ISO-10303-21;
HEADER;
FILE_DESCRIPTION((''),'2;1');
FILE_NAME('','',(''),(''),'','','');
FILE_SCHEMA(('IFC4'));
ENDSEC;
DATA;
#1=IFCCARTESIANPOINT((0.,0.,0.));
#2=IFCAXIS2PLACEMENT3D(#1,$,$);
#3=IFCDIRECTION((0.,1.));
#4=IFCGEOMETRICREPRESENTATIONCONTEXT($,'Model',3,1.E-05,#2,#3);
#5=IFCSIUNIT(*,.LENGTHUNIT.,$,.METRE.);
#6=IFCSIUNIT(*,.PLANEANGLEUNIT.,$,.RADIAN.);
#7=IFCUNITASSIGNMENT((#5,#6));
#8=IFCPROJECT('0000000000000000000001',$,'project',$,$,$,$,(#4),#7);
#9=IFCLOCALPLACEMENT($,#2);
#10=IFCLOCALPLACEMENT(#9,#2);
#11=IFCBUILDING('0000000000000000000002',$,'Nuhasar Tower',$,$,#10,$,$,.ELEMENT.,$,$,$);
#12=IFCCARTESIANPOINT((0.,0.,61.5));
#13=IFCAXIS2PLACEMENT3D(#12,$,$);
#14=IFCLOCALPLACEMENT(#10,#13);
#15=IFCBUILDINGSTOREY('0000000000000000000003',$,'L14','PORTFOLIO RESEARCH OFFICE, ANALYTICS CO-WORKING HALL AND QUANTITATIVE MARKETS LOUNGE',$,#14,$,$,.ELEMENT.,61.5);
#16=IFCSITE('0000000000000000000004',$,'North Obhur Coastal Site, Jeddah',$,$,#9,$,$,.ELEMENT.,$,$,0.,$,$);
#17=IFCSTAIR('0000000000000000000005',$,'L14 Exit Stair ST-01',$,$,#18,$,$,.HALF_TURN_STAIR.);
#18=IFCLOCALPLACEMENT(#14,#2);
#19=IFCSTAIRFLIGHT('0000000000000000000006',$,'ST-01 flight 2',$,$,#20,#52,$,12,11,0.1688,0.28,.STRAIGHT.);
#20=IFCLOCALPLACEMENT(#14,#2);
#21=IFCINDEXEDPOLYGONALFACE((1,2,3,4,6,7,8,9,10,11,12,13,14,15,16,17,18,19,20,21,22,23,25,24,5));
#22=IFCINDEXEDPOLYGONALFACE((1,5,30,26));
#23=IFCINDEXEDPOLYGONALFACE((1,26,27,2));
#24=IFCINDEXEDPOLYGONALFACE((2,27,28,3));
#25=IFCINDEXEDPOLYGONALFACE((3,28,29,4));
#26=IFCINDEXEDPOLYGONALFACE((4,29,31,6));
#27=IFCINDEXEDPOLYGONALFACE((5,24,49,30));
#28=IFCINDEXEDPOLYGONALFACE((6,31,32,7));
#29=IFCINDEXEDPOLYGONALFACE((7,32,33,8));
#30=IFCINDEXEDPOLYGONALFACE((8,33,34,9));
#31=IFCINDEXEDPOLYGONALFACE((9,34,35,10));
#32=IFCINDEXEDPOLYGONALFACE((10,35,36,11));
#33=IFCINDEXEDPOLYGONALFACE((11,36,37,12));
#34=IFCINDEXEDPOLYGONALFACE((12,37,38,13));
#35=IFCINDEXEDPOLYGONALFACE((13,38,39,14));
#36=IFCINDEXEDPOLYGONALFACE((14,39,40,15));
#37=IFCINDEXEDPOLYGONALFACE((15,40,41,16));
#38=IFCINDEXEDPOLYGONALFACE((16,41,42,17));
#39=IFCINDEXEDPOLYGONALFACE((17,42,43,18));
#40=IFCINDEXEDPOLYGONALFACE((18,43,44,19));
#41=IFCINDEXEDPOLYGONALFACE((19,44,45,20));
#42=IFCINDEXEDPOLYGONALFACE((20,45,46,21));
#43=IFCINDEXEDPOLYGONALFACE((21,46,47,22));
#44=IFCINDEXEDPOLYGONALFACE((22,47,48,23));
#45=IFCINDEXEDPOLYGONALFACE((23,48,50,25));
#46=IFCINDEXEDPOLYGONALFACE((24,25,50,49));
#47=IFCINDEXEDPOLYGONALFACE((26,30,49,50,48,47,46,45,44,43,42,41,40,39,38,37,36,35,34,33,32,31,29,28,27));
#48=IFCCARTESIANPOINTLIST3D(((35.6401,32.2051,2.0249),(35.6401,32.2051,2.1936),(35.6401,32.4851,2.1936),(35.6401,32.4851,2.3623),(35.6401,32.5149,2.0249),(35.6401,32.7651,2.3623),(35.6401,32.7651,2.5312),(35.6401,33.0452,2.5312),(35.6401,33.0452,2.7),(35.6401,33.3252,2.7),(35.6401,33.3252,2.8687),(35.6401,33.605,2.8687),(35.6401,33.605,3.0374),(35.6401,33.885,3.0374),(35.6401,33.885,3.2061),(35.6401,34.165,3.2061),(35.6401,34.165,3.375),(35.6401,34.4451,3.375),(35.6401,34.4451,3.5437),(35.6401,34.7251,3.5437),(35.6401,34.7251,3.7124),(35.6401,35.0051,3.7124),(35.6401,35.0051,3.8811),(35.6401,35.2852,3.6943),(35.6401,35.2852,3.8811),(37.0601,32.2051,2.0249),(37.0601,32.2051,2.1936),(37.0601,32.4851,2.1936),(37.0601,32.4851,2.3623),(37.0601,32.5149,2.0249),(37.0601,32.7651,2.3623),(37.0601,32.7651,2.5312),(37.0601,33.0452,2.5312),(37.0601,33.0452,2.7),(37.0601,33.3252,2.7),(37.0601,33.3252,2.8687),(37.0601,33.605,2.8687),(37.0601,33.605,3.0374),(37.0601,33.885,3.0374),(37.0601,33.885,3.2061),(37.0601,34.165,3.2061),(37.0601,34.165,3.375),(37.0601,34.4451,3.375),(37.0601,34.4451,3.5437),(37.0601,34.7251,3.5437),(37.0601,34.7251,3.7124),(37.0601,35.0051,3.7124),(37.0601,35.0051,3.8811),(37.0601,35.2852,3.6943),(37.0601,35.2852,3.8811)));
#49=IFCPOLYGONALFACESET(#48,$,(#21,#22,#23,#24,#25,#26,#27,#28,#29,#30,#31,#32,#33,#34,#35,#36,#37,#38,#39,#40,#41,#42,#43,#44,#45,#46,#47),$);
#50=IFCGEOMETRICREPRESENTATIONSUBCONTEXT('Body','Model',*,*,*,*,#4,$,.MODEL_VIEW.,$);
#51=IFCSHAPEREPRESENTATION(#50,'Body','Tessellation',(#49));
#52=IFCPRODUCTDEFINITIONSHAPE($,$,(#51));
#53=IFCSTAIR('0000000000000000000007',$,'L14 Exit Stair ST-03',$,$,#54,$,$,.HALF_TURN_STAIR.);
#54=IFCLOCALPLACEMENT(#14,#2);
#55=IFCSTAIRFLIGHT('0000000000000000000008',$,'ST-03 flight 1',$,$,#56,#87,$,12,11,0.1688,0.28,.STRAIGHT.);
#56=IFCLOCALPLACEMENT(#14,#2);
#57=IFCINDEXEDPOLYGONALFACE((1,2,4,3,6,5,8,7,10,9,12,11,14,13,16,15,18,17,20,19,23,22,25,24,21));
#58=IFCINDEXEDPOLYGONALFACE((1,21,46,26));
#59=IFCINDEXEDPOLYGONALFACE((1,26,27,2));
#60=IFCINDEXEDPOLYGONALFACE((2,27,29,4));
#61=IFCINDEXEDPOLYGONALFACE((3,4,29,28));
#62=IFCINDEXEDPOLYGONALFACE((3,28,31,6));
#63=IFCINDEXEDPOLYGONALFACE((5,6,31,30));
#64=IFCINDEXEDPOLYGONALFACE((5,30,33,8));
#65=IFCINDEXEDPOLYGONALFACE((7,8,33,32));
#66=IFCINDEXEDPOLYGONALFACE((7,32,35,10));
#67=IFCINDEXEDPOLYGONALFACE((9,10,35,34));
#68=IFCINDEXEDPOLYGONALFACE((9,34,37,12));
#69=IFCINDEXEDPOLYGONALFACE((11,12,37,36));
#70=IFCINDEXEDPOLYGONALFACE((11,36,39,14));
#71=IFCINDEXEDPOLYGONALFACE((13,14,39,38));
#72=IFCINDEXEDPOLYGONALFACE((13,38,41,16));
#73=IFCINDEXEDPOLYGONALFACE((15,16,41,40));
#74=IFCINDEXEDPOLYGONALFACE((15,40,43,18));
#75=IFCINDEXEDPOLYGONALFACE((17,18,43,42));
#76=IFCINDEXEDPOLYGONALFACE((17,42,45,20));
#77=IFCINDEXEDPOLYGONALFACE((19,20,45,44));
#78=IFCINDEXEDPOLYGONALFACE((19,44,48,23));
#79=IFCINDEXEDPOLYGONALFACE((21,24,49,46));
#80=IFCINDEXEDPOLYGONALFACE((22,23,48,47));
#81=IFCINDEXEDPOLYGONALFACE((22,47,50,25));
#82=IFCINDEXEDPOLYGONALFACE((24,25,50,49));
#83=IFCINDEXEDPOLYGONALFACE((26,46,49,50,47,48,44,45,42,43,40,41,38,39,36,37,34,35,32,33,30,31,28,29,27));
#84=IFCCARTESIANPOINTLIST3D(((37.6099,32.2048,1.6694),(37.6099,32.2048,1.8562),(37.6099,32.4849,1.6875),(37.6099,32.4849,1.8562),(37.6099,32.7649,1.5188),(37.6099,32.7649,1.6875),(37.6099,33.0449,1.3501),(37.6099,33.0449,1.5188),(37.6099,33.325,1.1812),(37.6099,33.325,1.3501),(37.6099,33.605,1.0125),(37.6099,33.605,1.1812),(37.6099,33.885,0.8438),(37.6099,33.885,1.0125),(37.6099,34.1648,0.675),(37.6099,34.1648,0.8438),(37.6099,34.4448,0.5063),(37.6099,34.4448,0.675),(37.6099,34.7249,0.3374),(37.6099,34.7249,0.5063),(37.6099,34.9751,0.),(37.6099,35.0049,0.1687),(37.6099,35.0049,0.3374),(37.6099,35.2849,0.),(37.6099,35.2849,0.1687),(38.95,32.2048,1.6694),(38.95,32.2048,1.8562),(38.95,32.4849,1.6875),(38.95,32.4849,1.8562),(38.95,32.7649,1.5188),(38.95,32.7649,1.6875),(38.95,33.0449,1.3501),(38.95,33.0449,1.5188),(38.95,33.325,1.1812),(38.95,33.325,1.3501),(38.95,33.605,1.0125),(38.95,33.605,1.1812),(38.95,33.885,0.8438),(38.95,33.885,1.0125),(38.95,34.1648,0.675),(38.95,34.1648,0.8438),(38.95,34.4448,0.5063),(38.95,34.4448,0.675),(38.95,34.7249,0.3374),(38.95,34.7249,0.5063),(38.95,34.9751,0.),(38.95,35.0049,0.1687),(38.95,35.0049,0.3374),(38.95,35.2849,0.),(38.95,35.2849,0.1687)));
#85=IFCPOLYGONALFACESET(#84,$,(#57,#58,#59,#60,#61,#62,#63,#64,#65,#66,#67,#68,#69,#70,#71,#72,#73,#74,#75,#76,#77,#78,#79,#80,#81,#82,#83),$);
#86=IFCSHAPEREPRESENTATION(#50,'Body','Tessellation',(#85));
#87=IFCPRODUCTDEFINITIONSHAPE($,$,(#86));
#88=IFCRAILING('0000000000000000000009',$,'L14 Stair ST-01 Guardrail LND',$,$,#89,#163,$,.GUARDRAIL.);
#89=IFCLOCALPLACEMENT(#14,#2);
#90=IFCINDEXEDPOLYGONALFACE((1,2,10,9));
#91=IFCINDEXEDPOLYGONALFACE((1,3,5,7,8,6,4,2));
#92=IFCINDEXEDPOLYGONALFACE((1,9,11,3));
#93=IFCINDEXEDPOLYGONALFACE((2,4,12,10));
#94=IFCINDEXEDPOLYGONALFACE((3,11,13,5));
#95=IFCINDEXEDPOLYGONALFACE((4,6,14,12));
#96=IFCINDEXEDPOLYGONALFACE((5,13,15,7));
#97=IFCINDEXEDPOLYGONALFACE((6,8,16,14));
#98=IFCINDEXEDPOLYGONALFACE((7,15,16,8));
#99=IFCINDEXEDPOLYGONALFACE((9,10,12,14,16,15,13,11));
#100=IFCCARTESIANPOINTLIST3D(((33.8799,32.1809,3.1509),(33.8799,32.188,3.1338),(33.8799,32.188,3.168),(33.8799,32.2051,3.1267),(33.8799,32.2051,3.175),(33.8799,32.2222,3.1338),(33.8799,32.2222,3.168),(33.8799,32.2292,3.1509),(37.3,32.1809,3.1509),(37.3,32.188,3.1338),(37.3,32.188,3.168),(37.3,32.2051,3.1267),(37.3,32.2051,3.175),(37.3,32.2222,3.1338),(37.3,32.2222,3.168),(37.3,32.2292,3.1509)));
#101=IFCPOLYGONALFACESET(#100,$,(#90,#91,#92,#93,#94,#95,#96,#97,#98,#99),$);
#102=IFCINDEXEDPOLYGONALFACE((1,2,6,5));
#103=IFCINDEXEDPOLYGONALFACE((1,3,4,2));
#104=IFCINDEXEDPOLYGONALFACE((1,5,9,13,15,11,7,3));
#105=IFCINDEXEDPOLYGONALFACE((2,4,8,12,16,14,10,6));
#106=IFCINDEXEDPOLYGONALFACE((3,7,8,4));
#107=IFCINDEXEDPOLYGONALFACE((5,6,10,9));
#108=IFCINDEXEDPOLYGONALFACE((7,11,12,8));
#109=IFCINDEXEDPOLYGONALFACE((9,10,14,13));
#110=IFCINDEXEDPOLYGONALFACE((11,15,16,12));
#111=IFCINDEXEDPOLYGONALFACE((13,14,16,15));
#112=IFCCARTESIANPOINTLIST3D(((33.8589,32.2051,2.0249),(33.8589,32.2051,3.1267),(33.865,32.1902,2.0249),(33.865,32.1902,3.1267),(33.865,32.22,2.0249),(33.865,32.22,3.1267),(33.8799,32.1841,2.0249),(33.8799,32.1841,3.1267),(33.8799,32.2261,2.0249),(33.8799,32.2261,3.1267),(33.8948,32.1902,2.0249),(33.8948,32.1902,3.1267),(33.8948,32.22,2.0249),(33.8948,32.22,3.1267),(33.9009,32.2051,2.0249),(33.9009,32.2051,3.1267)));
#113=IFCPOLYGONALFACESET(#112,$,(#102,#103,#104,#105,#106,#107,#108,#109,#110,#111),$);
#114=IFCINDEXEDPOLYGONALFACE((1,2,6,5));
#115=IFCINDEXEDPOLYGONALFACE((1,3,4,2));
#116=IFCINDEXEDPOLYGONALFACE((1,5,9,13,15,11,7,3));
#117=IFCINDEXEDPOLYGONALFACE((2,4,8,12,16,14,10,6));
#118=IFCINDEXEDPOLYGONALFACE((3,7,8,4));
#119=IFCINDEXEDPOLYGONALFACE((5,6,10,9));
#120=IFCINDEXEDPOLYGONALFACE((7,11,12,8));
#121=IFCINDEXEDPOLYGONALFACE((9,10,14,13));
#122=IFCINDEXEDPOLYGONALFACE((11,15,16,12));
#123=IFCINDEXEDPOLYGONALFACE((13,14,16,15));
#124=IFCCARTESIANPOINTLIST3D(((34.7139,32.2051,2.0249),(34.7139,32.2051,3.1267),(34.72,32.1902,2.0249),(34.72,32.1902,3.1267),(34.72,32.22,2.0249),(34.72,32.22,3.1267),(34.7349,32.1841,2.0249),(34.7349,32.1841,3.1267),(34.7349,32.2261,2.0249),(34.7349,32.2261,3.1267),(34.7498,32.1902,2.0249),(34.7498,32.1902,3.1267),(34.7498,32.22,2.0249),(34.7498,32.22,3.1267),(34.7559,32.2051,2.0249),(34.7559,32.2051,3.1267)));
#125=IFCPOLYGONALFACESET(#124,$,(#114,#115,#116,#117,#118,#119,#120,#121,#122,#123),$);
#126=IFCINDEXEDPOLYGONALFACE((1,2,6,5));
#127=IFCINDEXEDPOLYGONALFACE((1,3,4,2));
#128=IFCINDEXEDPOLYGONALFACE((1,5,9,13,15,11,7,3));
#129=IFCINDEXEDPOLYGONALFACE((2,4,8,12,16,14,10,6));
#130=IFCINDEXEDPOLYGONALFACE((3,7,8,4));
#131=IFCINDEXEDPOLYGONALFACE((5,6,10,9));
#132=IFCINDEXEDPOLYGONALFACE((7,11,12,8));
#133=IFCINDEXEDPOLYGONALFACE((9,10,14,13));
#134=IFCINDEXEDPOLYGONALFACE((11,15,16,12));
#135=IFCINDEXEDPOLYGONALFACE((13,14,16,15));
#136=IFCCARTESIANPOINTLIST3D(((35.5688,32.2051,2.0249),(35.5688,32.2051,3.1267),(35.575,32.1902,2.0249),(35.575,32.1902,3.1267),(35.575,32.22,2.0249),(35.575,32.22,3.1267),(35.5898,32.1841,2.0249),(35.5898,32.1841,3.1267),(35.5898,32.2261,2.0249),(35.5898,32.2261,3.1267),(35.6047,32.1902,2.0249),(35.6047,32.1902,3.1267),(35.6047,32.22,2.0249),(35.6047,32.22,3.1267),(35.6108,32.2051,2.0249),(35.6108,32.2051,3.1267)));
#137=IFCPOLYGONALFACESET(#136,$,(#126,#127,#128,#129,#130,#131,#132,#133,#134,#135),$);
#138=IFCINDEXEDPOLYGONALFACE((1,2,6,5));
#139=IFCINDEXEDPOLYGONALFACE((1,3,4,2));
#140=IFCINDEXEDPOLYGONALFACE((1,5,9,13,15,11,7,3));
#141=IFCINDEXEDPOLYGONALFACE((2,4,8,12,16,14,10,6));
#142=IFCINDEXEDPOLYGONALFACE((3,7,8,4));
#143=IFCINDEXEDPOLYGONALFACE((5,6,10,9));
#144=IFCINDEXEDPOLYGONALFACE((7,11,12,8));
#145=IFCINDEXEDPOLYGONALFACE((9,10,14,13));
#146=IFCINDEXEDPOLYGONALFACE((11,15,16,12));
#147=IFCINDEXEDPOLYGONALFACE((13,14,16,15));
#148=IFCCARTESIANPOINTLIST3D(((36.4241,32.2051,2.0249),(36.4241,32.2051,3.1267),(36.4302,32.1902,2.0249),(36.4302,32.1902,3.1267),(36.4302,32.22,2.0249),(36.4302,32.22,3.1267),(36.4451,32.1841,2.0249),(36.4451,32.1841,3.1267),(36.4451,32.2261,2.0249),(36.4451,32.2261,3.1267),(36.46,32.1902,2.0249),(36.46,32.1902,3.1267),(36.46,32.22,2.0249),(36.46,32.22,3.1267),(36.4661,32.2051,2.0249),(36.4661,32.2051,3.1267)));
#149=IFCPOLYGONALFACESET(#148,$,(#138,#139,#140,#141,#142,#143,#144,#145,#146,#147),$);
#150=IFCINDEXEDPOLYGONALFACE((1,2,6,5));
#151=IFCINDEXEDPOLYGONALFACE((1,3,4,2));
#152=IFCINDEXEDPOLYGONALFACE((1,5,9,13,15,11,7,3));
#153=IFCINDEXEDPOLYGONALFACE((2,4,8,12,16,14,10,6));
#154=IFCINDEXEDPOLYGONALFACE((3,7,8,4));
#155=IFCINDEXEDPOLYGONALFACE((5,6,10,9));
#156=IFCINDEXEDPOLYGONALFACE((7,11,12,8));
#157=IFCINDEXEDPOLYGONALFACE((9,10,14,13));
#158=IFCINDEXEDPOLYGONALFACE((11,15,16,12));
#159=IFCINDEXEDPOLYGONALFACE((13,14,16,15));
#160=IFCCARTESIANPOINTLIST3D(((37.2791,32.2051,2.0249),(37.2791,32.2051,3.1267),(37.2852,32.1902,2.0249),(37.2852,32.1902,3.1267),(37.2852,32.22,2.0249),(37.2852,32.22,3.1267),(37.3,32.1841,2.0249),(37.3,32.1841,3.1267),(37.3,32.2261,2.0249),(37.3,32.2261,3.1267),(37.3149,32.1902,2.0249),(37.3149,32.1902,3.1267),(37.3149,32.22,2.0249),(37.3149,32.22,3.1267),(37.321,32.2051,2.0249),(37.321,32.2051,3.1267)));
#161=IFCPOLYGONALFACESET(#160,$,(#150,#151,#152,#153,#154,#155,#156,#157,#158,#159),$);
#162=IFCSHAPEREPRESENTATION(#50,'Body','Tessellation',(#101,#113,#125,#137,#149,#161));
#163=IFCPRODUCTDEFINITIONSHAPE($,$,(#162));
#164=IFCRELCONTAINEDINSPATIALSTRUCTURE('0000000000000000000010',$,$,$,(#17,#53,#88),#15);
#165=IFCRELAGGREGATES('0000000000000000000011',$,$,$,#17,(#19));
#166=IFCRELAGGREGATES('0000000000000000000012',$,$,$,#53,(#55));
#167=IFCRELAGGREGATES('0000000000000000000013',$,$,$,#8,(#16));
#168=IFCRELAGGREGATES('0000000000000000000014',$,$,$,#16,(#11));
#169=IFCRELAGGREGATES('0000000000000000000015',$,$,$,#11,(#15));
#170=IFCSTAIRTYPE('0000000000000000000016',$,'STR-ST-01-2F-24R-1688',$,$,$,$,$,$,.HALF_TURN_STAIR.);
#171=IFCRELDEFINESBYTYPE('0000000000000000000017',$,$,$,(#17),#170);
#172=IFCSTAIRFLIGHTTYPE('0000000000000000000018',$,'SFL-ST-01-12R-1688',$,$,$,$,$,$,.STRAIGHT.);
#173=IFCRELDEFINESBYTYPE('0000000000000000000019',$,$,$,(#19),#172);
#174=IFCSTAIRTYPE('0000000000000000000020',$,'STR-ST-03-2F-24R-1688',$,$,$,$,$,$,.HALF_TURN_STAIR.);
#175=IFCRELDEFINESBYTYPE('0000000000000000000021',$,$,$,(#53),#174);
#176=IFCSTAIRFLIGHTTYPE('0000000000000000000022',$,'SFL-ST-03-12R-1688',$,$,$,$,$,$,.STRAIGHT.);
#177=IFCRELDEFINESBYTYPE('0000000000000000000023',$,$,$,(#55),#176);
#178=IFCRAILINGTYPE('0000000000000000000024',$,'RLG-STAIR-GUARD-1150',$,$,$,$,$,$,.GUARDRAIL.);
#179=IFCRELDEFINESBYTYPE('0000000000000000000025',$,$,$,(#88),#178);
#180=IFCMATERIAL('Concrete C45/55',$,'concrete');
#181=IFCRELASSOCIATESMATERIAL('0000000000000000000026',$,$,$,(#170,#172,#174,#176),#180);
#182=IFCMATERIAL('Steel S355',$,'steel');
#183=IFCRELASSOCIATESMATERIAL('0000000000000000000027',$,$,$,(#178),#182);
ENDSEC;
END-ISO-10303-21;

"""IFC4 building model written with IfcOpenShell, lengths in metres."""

from ifc_helpers import new_model, si_unit, direction, frame, origin, place, context, subcontext, project, spatial, polyline, outline, extrude, material, type_object, element, aggregate, save


model = new_model("IFC4")

# Units and contexts
model_context = context("Model", 3, precision=1e-05, world=origin(), true_north=direction((0.0, 1.0)))
body_context = subcontext(model_context, "Body", "Model", "MODEL_VIEW")
ifc_project = project(units=[si_unit("LENGTHUNIT", "METRE"), si_unit("PLANEANGLEUNIT", "RADIAN")], contexts=[model_context])

# Site, building, storey
site_placement = place(None, origin())
site = spatial("IfcSite", under=ifc_project, at=site_placement, Name="North Obhur Coastal Site, Jeddah", CompositionType="ELEMENT", RefElevation=0.0)
building_placement = place(site_placement, origin())
building = spatial("IfcBuilding", under=site, at=building_placement, Name="Nuhasar Tower", CompositionType="ELEMENT")
storey_placement = place(building_placement, frame((0.0, 0.0, 61.5)))
storey = spatial("IfcBuildingStorey", under=building, at=storey_placement, Name="L14", Description="PORTFOLIO RESEARCH OFFICE, ANALYTICS CO-WORKING HALL AND QUANTITATIVE MARKETS LOUNGE", CompositionType="ELEMENT", Elevation=61.5)

# Shared definitions
ifc_material_1 = material(Name="Steel S355", Category="steel")

# Shared definitions
ifc_material_2 = material(Name="Concrete C45/55", Category="concrete")

# Stair, stair flight
stair_type_1 = type_object("IfcStairType", Name="STR-ST-01-2F-24R-1688", PredefinedType="HALF_TURN_STAIR", material=ifc_material_2)
stair_1_placement = place(storey_placement, origin())
stair_1 = element("IfcStair", 1, at=stair_1_placement, inside=storey, type_object=stair_type_1, Name="L14 Exit Stair ST-01", PredefinedType="HALF_TURN_STAIR")
stair_flight_type_1 = type_object("IfcStairFlightType", Name="SFL-ST-01-12R-1688", PredefinedType="STRAIGHT", material=ifc_material_2)
stair_flight_1_placement = place(storey_placement, frame((36.3501, 32.2051, 2.0249), z_axis=(0.0, 0.0, 1.0), x_axis=(0.0, 1.0, 0.0)))
stair_flight_1 = element("IfcStairFlight", 2, at=stair_flight_1_placement, type_object=stair_flight_type_1, Name="ST-01 flight 2", NumberOfRisers=12, NumberOfTreads=11, PredefinedType="STRAIGHT", RiserHeight=0.1688, TreadLength=0.28, context=body_context, shape_type="SweptSolid", body=[
    extrude(outline(polyline([(0.0, 0.0), (0.0, 0.1687), (0.28, 0.1687), (0.28, 0.3374), (0.5601, 0.3374), (0.5601, 0.5063), (0.8401, 0.5063), (0.8401, 0.675), (1.1201, 0.675), (1.1201, 0.8438), (1.3999, 0.8438), (1.3999, 1.0125), (1.6799, 1.0125), (1.6799, 1.1812), (1.96, 1.1812), (1.96, 1.3501), (2.24, 1.3501), (2.24, 1.5188), (2.52, 1.5188), (2.52, 1.6875), (2.8, 1.6875), (2.8, 1.8562), (3.0801, 1.8562), (3.0801, 2.0249), (3.0801, 1.6694), (0.3098, 0.0), (0.0, 0.0)])), frame((0.0, 0.71, 0.0), z_axis=(0.0, -1.0, 0.0), x_axis=(1.0, 0.0, 0.0)), (0.0, 0.0, 1.0), 1.4199),
])
aggregate(stair_1, [stair_flight_1])

# Stair, stair flight
stair_type_2 = type_object("IfcStairType", Name="STR-ST-03-2F-24R-1688", PredefinedType="HALF_TURN_STAIR", material=ifc_material_2)
stair_2_placement = place(storey_placement, origin())
stair_2 = element("IfcStair", 3, at=stair_2_placement, inside=storey, type_object=stair_type_2, Name="L14 Exit Stair ST-03", PredefinedType="HALF_TURN_STAIR")
stair_flight_type_2 = type_object("IfcStairFlightType", Name="SFL-ST-03-12R-1688", PredefinedType="STRAIGHT", material=ifc_material_2)
stair_flight_2_placement = place(storey_placement, frame((38.28, 35.2849, 0.0), z_axis=(0.0, 0.0, 1.0), x_axis=(0.0, -1.0, 0.0)))
stair_flight_2 = element("IfcStairFlight", 4, at=stair_flight_2_placement, type_object=stair_flight_type_2, Name="ST-03 flight 1", NumberOfRisers=12, NumberOfTreads=11, PredefinedType="STRAIGHT", RiserHeight=0.1688, TreadLength=0.28, context=body_context, shape_type="SweptSolid", body=[
    extrude(outline(polyline([(0.0, 0.0), (0.0, 0.1687), (0.28, 0.1687), (0.28, 0.3374), (0.5601, 0.3374), (0.5601, 0.5063), (0.8401, 0.5063), (0.8401, 0.675), (1.1201, 0.675), (1.1201, 0.8438), (1.3999, 0.8438), (1.3999, 1.0125), (1.6799, 1.0125), (1.6799, 1.1812), (1.96, 1.1812), (1.96, 1.3501), (2.24, 1.3501), (2.24, 1.5188), (2.52, 1.5188), (2.52, 1.6875), (2.8, 1.6875), (2.8, 1.8562), (3.0801, 1.8562), (3.0801, 2.0249), (3.0801, 1.6694), (0.3098, 0.0), (0.0, 0.0)])), frame((0.0, 0.6699, 0.0), z_axis=(0.0, -1.0, 0.0), x_axis=(1.0, 0.0, 0.0)), (0.0, 0.0, 1.0), 1.3401),
])
aggregate(stair_2, [stair_flight_2])

# Railing
railing_type_1 = type_object("IfcRailingType", Name="RLG-STAIR-GUARD-1150", PredefinedType="GUARDRAIL", material=ifc_material_1)
railing_1_placement = place(storey_placement, frame((33.8799, 32.2051, 2.0249)))
element("IfcRailing", 5, at=railing_1_placement, inside=storey, type_object=railing_type_1, Name="L14 Stair ST-01 Guardrail LND", PredefinedType="GUARDRAIL", context=body_context, shape_type="SweptSolid", body=[
    extrude(outline(polyline([(0.0242, 0.0), (0.0171, 0.0171), (0.0, 0.0242), (-0.0171, 0.0171), (-0.0242, 0.0), (-0.0171, -0.0171), (0.0, -0.0242), (0.0171, -0.0171), (0.0242, 0.0)])), frame((0.0, 0.0, 1.126), z_axis=(1.0, 0.0, 0.0), x_axis=(0.0, 1.0, 0.0)), (0.0, 0.0, 1.0), 3.4202),
    extrude(outline(polyline([(0.021, 0.0), (0.0149, 0.0149), (0.0, 0.021), (-0.0149, 0.0149), (-0.021, 0.0), (-0.0149, -0.0149), (0.0, -0.021), (0.0149, -0.0149), (0.021, 0.0)])), origin(), (0.0, 0.0, 1.0), 1.1018),
    extrude(outline(polyline([(0.021, 0.0), (0.0149, 0.0149), (0.0, 0.021), (-0.0149, 0.0149), (-0.021, 0.0), (-0.0149, -0.0149), (0.0, -0.021), (0.0149, -0.0149), (0.021, 0.0)])), frame((0.855, 0.0, 0.0)), (0.0, 0.0, 1.0), 1.1018),
    extrude(outline(polyline([(0.021, 0.0), (0.0149, 0.0149), (0.0, 0.021), (-0.0149, 0.0149), (-0.021, 0.0), (-0.0149, -0.0149), (0.0, -0.021), (0.0149, -0.0149), (0.021, 0.0)])), frame((1.71, 0.0, 0.0)), (0.0, 0.0, 1.0), 1.1018),
    extrude(outline(polyline([(0.021, 0.0), (0.0149, 0.0149), (0.0, 0.021), (-0.0149, 0.0149), (-0.021, 0.0), (-0.0149, -0.0149), (0.0, -0.021), (0.0149, -0.0149), (0.021, 0.0)])), frame((2.5652, 0.0, 0.0)), (0.0, 0.0, 1.0), 1.1018),
    extrude(outline(polyline([(0.021, 0.0), (0.0149, 0.0149), (0.0, 0.021), (-0.0149, 0.0149), (-0.021, 0.0), (-0.0149, -0.0149), (0.0, -0.021), (0.0149, -0.0149), (0.021, 0.0)])), frame((3.4202, 0.0, 0.0)), (0.0, 0.0, 1.0), 1.1018),
])

save(model, "model.ifc")
